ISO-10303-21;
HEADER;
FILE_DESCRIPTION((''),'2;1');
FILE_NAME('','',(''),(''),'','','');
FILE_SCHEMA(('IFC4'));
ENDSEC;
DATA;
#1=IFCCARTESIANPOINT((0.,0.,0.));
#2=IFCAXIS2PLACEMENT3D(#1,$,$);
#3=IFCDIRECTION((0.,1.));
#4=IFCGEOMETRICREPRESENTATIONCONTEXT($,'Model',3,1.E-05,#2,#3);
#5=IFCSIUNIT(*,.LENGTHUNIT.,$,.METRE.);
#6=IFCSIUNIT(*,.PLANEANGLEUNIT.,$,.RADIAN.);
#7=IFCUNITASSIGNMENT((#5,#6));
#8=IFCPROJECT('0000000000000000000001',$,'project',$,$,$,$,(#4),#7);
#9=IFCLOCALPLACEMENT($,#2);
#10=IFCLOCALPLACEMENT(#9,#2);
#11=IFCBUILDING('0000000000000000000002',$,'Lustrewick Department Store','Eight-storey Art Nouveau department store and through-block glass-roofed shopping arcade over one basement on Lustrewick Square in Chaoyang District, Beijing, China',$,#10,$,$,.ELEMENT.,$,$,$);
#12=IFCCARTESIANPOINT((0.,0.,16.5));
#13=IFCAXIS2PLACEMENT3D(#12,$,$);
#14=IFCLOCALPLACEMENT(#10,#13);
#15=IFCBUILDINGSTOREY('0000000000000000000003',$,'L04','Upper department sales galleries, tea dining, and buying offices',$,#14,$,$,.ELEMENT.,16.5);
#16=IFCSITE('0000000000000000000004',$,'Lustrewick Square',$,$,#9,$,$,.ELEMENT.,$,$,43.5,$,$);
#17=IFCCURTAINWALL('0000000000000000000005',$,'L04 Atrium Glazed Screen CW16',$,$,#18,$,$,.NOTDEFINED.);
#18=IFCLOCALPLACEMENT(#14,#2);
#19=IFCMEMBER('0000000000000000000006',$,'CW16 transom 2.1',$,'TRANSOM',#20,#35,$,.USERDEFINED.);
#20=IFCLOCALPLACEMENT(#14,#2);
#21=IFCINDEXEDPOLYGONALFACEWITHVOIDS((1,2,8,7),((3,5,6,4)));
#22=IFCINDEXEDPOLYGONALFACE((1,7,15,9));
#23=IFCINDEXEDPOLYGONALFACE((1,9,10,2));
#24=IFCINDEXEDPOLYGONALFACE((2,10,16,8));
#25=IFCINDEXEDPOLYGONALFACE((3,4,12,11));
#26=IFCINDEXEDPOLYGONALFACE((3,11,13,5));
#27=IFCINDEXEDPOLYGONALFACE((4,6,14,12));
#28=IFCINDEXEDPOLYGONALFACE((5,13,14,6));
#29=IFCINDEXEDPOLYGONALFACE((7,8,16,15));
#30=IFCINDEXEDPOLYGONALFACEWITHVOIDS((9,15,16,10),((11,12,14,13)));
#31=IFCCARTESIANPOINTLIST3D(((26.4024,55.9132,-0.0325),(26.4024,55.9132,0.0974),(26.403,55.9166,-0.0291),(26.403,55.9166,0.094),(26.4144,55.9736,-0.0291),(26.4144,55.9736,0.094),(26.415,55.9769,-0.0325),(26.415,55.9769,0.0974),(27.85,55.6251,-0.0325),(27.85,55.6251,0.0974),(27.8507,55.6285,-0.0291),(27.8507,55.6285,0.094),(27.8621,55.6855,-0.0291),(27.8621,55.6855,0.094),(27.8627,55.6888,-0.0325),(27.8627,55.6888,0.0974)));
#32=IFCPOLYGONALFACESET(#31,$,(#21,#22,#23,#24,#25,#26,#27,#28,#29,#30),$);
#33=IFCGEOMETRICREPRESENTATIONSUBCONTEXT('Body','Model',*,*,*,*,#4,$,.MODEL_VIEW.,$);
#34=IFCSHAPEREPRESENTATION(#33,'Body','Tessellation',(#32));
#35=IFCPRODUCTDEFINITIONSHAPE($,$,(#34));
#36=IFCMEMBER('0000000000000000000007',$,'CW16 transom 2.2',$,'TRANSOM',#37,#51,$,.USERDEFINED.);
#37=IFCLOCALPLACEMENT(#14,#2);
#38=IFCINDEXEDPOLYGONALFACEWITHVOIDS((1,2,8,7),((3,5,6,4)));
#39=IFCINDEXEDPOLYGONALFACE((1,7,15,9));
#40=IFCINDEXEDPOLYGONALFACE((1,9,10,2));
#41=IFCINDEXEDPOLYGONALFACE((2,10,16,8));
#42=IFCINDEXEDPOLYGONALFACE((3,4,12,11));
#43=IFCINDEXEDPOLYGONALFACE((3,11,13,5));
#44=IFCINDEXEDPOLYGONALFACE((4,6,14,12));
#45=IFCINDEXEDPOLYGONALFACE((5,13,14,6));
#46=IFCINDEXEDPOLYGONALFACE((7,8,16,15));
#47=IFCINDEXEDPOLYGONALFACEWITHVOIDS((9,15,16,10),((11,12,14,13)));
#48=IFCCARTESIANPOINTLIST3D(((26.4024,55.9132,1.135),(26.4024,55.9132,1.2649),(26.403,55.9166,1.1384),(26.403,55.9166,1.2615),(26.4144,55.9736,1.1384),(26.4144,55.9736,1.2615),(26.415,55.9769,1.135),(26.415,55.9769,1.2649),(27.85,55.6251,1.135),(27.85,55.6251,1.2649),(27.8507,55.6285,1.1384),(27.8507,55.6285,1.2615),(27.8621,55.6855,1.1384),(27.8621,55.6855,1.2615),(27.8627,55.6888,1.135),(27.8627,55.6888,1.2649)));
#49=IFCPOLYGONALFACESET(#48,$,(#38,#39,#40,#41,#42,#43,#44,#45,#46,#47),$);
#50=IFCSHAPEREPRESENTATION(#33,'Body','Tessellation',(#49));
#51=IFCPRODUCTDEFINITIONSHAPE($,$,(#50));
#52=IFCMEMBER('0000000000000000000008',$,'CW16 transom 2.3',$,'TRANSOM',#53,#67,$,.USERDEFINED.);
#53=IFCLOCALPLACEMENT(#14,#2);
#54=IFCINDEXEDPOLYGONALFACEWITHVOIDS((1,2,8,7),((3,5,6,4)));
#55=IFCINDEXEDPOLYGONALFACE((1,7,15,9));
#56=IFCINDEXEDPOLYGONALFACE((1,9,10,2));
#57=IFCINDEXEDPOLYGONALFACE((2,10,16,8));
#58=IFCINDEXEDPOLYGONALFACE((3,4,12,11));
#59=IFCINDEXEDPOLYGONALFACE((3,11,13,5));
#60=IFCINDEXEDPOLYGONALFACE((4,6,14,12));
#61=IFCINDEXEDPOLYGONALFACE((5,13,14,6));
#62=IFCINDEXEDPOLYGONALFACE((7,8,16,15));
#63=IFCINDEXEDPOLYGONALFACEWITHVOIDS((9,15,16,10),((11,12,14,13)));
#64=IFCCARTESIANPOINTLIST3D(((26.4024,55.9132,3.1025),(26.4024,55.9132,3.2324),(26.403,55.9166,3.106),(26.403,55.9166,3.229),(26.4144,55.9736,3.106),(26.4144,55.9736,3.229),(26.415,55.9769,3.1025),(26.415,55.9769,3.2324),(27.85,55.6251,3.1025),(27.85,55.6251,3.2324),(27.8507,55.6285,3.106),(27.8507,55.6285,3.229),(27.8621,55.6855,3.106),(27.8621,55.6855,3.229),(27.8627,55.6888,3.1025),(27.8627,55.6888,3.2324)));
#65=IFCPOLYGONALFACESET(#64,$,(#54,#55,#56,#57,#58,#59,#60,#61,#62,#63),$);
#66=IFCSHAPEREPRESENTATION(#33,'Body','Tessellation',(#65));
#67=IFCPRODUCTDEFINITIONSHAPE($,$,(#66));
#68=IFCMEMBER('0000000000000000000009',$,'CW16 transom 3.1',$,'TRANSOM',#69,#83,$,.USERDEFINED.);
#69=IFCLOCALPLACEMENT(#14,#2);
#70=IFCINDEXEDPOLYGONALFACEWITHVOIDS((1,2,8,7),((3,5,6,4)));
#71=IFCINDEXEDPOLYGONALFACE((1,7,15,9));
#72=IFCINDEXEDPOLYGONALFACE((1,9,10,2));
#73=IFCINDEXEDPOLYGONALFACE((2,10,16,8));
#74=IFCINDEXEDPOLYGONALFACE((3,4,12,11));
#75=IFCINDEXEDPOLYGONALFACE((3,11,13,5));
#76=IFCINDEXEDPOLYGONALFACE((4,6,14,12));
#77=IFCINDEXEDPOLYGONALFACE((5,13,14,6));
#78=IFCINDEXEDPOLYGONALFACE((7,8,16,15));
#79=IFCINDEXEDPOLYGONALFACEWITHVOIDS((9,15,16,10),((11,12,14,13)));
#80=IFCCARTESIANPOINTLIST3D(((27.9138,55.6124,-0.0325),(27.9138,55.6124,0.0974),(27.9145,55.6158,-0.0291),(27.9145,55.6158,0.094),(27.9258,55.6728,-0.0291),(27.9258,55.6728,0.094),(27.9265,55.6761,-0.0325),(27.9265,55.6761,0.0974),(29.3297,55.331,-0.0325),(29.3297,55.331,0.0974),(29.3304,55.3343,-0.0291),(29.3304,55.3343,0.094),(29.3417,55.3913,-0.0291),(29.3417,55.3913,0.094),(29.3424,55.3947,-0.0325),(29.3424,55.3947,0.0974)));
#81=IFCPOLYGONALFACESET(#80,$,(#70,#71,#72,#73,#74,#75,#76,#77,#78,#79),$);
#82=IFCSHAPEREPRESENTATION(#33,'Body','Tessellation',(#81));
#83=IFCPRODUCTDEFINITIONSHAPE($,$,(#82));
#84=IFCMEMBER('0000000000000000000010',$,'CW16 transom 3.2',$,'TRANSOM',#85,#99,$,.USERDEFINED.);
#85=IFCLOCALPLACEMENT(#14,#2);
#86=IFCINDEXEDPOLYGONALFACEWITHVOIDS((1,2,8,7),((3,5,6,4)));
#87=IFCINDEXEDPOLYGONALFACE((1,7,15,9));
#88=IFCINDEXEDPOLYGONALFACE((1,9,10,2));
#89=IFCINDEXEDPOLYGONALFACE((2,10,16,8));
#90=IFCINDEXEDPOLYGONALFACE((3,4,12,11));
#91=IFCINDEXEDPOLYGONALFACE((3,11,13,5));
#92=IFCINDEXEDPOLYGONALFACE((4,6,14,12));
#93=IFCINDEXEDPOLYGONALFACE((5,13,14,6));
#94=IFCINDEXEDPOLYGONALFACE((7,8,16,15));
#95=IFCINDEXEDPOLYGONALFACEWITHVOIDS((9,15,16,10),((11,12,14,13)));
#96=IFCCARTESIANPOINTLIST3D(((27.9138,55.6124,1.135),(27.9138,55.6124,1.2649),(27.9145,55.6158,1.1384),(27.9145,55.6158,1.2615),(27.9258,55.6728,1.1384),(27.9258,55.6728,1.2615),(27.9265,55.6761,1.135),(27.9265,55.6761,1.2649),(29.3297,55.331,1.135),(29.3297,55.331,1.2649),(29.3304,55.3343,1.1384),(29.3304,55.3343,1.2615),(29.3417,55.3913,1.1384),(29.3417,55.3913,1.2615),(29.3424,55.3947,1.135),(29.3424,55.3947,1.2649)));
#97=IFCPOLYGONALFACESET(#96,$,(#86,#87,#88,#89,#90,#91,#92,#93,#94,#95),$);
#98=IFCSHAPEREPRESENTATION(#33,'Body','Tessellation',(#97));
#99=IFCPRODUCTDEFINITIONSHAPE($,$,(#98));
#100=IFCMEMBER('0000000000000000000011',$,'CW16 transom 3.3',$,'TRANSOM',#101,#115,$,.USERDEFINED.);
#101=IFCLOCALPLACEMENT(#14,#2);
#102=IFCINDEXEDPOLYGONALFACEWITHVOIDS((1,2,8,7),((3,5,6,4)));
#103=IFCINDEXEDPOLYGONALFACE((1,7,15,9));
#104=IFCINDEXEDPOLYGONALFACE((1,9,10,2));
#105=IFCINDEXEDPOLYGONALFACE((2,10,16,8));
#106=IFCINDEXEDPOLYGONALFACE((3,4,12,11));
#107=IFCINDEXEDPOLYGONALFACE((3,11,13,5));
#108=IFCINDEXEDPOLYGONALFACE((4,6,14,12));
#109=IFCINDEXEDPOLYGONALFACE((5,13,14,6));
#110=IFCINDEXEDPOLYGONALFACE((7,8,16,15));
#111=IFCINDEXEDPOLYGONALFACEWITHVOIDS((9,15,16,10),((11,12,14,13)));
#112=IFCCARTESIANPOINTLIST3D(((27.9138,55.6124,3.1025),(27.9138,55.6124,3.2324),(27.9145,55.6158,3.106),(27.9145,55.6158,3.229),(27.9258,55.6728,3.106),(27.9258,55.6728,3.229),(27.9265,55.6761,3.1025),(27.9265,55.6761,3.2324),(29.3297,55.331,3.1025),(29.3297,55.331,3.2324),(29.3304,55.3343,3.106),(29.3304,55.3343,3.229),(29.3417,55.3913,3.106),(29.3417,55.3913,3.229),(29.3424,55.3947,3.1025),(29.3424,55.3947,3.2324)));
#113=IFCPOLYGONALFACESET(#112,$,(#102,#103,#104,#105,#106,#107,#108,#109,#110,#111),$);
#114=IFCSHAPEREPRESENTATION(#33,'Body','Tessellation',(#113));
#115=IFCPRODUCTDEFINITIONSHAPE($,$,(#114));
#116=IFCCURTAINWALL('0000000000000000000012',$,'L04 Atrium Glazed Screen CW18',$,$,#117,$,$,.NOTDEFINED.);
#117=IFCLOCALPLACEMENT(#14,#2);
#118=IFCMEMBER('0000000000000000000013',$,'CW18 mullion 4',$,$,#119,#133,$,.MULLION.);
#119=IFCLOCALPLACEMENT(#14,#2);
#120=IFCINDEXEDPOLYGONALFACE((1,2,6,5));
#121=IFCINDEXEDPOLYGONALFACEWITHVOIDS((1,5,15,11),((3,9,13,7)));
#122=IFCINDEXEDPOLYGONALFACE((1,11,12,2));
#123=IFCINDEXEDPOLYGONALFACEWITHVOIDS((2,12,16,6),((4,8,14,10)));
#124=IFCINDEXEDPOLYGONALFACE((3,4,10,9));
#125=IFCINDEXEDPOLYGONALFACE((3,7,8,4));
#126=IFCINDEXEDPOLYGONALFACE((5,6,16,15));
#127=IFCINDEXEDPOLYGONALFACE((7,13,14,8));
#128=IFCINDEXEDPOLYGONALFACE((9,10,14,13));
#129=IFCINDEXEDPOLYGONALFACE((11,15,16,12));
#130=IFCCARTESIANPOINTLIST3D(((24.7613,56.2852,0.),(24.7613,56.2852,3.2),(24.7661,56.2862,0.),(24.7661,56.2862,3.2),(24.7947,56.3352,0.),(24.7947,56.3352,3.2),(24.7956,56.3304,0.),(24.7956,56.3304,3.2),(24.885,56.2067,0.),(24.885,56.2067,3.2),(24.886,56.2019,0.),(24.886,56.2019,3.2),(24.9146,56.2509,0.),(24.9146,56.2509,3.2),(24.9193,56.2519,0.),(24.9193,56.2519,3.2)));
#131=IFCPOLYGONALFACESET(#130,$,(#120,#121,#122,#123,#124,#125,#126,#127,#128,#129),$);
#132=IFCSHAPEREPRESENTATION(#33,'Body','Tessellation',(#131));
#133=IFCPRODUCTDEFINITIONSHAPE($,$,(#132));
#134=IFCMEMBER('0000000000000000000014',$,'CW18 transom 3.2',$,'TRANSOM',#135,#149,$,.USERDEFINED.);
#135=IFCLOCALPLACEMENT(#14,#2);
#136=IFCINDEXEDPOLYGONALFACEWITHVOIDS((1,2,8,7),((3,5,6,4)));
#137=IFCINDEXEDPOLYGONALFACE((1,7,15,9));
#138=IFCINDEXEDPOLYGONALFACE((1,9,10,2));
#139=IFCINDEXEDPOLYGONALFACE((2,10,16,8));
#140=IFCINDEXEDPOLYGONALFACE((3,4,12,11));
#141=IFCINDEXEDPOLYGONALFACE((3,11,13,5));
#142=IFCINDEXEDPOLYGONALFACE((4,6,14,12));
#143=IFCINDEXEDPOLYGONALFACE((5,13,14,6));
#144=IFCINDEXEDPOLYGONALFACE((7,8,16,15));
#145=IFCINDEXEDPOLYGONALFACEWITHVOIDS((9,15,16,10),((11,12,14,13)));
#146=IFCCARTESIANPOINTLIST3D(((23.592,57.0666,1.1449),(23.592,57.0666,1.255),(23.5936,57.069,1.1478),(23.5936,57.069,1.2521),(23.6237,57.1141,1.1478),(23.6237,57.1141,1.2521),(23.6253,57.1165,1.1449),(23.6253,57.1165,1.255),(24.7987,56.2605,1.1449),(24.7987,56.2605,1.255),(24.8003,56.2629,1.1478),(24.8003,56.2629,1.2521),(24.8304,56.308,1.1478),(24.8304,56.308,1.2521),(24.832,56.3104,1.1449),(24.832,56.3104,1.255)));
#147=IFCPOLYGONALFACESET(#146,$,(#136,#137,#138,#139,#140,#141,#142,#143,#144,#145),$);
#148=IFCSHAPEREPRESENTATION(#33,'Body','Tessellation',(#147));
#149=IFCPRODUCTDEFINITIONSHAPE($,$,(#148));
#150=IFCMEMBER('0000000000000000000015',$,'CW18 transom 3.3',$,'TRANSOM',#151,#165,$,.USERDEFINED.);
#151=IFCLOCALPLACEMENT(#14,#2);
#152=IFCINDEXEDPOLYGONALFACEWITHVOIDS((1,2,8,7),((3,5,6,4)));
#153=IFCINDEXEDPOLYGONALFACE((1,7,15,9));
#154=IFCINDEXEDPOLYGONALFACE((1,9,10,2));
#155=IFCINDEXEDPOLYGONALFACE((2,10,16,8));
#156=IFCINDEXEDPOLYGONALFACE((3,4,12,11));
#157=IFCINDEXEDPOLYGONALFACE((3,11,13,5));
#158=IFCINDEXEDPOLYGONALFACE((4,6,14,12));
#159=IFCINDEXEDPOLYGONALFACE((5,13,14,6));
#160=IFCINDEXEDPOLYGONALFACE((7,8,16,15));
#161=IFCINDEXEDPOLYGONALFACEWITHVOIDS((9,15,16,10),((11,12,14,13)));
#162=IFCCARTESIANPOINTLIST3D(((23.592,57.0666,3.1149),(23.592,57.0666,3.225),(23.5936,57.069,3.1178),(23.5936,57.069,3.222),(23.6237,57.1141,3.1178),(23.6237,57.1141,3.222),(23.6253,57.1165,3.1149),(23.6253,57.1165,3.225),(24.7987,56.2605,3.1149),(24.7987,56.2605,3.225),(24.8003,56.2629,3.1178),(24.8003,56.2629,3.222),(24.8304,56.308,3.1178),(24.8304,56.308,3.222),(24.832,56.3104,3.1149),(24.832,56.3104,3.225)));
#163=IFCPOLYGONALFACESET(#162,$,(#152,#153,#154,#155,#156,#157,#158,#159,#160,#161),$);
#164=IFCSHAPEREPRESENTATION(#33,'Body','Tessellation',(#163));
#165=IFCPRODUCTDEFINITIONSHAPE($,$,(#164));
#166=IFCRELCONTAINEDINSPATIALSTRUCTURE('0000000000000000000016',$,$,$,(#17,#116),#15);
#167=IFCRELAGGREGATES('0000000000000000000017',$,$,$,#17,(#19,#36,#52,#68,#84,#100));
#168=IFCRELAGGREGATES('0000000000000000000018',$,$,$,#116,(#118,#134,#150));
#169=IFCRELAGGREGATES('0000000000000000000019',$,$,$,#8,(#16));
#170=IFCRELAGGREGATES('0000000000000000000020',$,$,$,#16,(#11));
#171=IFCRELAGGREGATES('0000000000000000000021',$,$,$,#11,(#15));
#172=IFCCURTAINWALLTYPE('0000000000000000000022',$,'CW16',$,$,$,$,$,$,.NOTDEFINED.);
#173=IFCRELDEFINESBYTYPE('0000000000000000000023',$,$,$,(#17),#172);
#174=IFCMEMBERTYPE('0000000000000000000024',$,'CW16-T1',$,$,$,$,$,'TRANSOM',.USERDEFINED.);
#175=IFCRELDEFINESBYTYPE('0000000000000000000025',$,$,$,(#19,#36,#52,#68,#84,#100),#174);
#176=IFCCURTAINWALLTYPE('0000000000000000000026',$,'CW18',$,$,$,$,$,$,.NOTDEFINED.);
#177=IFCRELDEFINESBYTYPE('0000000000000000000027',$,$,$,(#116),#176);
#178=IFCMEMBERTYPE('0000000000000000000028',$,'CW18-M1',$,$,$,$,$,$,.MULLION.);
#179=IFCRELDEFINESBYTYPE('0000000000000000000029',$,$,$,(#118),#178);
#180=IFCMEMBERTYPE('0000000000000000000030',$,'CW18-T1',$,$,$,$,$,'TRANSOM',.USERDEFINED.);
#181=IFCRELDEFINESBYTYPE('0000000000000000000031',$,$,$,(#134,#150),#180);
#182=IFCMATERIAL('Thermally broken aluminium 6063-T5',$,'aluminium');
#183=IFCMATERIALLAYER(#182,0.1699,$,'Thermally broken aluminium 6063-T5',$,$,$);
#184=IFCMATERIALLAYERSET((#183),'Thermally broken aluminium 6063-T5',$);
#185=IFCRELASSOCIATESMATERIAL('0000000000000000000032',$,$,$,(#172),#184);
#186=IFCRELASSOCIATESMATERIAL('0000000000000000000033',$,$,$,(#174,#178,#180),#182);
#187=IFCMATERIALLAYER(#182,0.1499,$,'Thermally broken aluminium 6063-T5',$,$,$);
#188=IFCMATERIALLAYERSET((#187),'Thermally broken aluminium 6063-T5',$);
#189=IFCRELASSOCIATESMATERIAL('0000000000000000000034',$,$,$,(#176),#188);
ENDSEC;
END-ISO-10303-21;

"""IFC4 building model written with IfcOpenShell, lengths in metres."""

from ifc_helpers import new_model, si_unit, direction, frame, origin, origin_2d, place, context, subcontext, project, spatial, hollow_rectangle, extrude, material, layer, layer_set, material_profile, profile_set, type_object, element, aggregate, save


model = new_model("IFC4")

# Units and contexts
model_context = context("Model", 3, precision=1e-05, world=origin(), true_north=direction((0.0, 1.0)))
body_context = subcontext(model_context, "Body", "Model", "MODEL_VIEW")
ifc_project = project(units=[si_unit("LENGTHUNIT", "METRE"), si_unit("PLANEANGLEUNIT", "RADIAN")], contexts=[model_context])

# Site, building, storey
site_placement = place(None, origin())
site = spatial("IfcSite", under=ifc_project, at=site_placement, Name="Lustrewick Square", CompositionType="ELEMENT", RefElevation=43.5)
building_placement = place(site_placement, origin())
building = spatial("IfcBuilding", under=site, at=building_placement, Name="Lustrewick Department Store", Description="Eight-storey Art Nouveau department store and through-block glass-roofed shopping arcade over one basement on Lustrewick Square in Chaoyang District, Beijing, China", CompositionType="ELEMENT")
storey_placement = place(building_placement, frame((0.0, 0.0, 16.5)))
storey = spatial("IfcBuildingStorey", under=building, at=storey_placement, Name="L04", Description="Upper department sales galleries, tea dining, and buying offices", CompositionType="ELEMENT", Elevation=16.5)

# Curtain walls, members
ifc_material_1 = material(Name="Thermally broken aluminium 6063-T5", Category="aluminium")
ifc_layer_1 = layer(ifc_material_1, 0.1699, Name="Thermally broken aluminium 6063-T5")
ifc_layer_set_1 = layer_set([ifc_layer_1], Name="Thermally broken aluminium 6063-T5")
curtain_wall_type_1 = type_object("IfcCurtainWallType", Name="CW16", PredefinedType="NOTDEFINED", material=ifc_layer_set_1)
curtain_wall_1_placement = place(storey_placement, origin())
curtain_wall_1 = element("IfcCurtainWall", 1, at=curtain_wall_1_placement, inside=storey, type_object=curtain_wall_type_1, Name="L04 Atrium Glazed Screen CW16", PredefinedType="NOTDEFINED")
ifc_material_profile_1 = material_profile(ifc_material_1, hollow_rectangle(XDim=0.0649, YDim=0.1299, WallThickness=0.0034, at=origin_2d()), Name="ALU-T 65x130x3.5")
ifc_profile_set_1 = profile_set([ifc_material_profile_1], Name="Thermally broken aluminium 6063-T5")
member_type_1 = type_object("IfcMemberType", Name="CW16-T1", ElementType="TRANSOM", PredefinedType="USERDEFINED", material=ifc_profile_set_1)
member_1_placement = place(storey_placement, frame((26.4087, 55.9451, 0.0325), z_axis=(0.980771, -0.195162, 0.0), x_axis=(0.195162, 0.980771, 0.0)))
member_1 = element("IfcMember", 2, at=member_1_placement, type_object=member_type_1, Name="CW16 transom 2.1", ObjectType="TRANSOM", PredefinedType="USERDEFINED", context=body_context, shape_type="SweptSolid", body=[
    extrude(hollow_rectangle(XDim=0.0649, YDim=0.1299, WallThickness=0.0034, at=origin_2d()), origin(), (0.0, 0.0, 1.0), 1.4761),
])
member_2_placement = place(storey_placement, frame((26.4087, 55.9451, 1.2), z_axis=(0.980771, -0.195162, 0.0), x_axis=(0.195162, 0.980771, 0.0)))
member_2 = element("IfcMember", 3, at=member_2_placement, type_object=member_type_1, Name="CW16 transom 2.2", ObjectType="TRANSOM", PredefinedType="USERDEFINED", context=body_context, shape_type="SweptSolid", body=[
    extrude(hollow_rectangle(XDim=0.0649, YDim=0.1299, WallThickness=0.0034, at=origin_2d()), origin(), (0.0, 0.0, 1.0), 1.4761),
])
member_3_placement = place(storey_placement, frame((26.4087, 55.9451, 3.1675), z_axis=(0.980771, -0.195162, 0.0), x_axis=(0.195162, 0.980771, 0.0)))
member_3 = element("IfcMember", 4, at=member_3_placement, type_object=member_type_1, Name="CW16 transom 2.3", ObjectType="TRANSOM", PredefinedType="USERDEFINED", context=body_context, shape_type="SweptSolid", body=[
    extrude(hollow_rectangle(XDim=0.0649, YDim=0.1299, WallThickness=0.0034, at=origin_2d()), origin(), (0.0, 0.0, 1.0), 1.4761),
])
member_4_placement = place(storey_placement, frame((27.9202, 55.6443, 0.0325), z_axis=(0.980808, -0.194978, 0.0), x_axis=(0.194978, 0.980808, 0.0)))
member_4 = element("IfcMember", 5, at=member_4_placement, type_object=member_type_1, Name="CW16 transom 3.1", ObjectType="TRANSOM", PredefinedType="USERDEFINED", context=body_context, shape_type="SweptSolid", body=[
    extrude(hollow_rectangle(XDim=0.0649, YDim=0.1299, WallThickness=0.0034, at=origin_2d()), origin(), (0.0, 0.0, 1.0), 1.4436),
])
member_5_placement = place(storey_placement, frame((27.9202, 55.6443, 1.2), z_axis=(0.980808, -0.194978, 0.0), x_axis=(0.194978, 0.980808, 0.0)))
member_5 = element("IfcMember", 6, at=member_5_placement, type_object=member_type_1, Name="CW16 transom 3.2", ObjectType="TRANSOM", PredefinedType="USERDEFINED", context=body_context, shape_type="SweptSolid", body=[
    extrude(hollow_rectangle(XDim=0.0649, YDim=0.1299, WallThickness=0.0034, at=origin_2d()), origin(), (0.0, 0.0, 1.0), 1.4436),
])
member_6_placement = place(storey_placement, frame((27.9202, 55.6443, 3.1675), z_axis=(0.980808, -0.194978, 0.0), x_axis=(0.194978, 0.980808, 0.0)))
member_6 = element("IfcMember", 7, at=member_6_placement, type_object=member_type_1, Name="CW16 transom 3.3", ObjectType="TRANSOM", PredefinedType="USERDEFINED", context=body_context, shape_type="SweptSolid", body=[
    extrude(hollow_rectangle(XDim=0.0649, YDim=0.1299, WallThickness=0.0034, at=origin_2d()), origin(), (0.0, 0.0, 1.0), 1.4436),
])
ifc_layer_2 = layer(ifc_material_1, 0.1499, Name="Thermally broken aluminium 6063-T5")
ifc_layer_set_2 = layer_set([ifc_layer_2], Name="Thermally broken aluminium 6063-T5")
curtain_wall_type_2 = type_object("IfcCurtainWallType", Name="CW18", PredefinedType="NOTDEFINED", material=ifc_layer_set_2)
curtain_wall_2_placement = place(storey_placement, origin())
curtain_wall_2 = element("IfcCurtainWall", 8, at=curtain_wall_2_placement, inside=storey, type_object=curtain_wall_type_2, Name="L04 Atrium Glazed Screen CW18", PredefinedType="NOTDEFINED")
ifc_material_profile_2 = material_profile(ifc_material_1, hollow_rectangle(XDim=0.0601, YDim=0.1499, WallThickness=0.0034, at=origin_2d()), Name="ALU-M 60x150x3.5")
ifc_profile_set_2 = profile_set([ifc_material_profile_2], Name="Thermally broken aluminium 6063-T5")
member_type_2 = type_object("IfcMemberType", Name="CW18-M1", PredefinedType="MULLION", material=ifc_profile_set_2)
member_7_placement = place(storey_placement, frame((24.8403, 56.2686, 0.0), z_axis=(0.0, 0.0, 1.0), x_axis=(0.555578, 0.831464, 0.0)))
member_7 = element("IfcMember", 9, at=member_7_placement, type_object=member_type_2, Name="CW18 mullion 4", PredefinedType="MULLION", context=body_context, shape_type="SweptSolid", body=[
    extrude(hollow_rectangle(XDim=0.0601, YDim=0.1499, WallThickness=0.0034, at=origin_2d()), origin(), (0.0, 0.0, 1.0), 3.2),
])
ifc_material_profile_3 = material_profile(ifc_material_1, hollow_rectangle(XDim=0.0601, YDim=0.1101, WallThickness=0.0029, at=origin_2d()), Name="ALU-T 60x110x3")
ifc_profile_set_3 = profile_set([ifc_material_profile_3], Name="Thermally broken aluminium 6063-T5")
member_type_3 = type_object("IfcMemberType", Name="CW18-T1", ElementType="TRANSOM", PredefinedType="USERDEFINED", material=ifc_profile_set_3)
member_8_placement = place(storey_placement, frame((23.6086, 57.0916, 1.2), z_axis=(0.831532, -0.555476, 0.0), x_axis=(0.555476, 0.831532, 0.0)))
member_8 = element("IfcMember", 10, at=member_8_placement, type_object=member_type_3, Name="CW18 transom 3.2", ObjectType="TRANSOM", PredefinedType="USERDEFINED", context=body_context, shape_type="SweptSolid", body=[
    extrude(hollow_rectangle(XDim=0.0601, YDim=0.1101, WallThickness=0.0029, at=origin_2d()), origin(), (0.0, 0.0, 1.0), 1.4512),
])
member_9_placement = place(storey_placement, frame((23.6086, 57.0916, 3.1699), z_axis=(0.831532, -0.555476, 0.0), x_axis=(0.555476, 0.831532, 0.0)))
member_9 = element("IfcMember", 11, at=member_9_placement, type_object=member_type_3, Name="CW18 transom 3.3", ObjectType="TRANSOM", PredefinedType="USERDEFINED", context=body_context, shape_type="SweptSolid", body=[
    extrude(hollow_rectangle(XDim=0.0601, YDim=0.1101, WallThickness=0.0029, at=origin_2d()), origin(), (0.0, 0.0, 1.0), 1.4512),
])

aggregate(curtain_wall_1, [member_1, member_2, member_3, member_4, member_5, member_6])
aggregate(curtain_wall_2, [member_7, member_8, member_9])

save(model, "model.ifc")
